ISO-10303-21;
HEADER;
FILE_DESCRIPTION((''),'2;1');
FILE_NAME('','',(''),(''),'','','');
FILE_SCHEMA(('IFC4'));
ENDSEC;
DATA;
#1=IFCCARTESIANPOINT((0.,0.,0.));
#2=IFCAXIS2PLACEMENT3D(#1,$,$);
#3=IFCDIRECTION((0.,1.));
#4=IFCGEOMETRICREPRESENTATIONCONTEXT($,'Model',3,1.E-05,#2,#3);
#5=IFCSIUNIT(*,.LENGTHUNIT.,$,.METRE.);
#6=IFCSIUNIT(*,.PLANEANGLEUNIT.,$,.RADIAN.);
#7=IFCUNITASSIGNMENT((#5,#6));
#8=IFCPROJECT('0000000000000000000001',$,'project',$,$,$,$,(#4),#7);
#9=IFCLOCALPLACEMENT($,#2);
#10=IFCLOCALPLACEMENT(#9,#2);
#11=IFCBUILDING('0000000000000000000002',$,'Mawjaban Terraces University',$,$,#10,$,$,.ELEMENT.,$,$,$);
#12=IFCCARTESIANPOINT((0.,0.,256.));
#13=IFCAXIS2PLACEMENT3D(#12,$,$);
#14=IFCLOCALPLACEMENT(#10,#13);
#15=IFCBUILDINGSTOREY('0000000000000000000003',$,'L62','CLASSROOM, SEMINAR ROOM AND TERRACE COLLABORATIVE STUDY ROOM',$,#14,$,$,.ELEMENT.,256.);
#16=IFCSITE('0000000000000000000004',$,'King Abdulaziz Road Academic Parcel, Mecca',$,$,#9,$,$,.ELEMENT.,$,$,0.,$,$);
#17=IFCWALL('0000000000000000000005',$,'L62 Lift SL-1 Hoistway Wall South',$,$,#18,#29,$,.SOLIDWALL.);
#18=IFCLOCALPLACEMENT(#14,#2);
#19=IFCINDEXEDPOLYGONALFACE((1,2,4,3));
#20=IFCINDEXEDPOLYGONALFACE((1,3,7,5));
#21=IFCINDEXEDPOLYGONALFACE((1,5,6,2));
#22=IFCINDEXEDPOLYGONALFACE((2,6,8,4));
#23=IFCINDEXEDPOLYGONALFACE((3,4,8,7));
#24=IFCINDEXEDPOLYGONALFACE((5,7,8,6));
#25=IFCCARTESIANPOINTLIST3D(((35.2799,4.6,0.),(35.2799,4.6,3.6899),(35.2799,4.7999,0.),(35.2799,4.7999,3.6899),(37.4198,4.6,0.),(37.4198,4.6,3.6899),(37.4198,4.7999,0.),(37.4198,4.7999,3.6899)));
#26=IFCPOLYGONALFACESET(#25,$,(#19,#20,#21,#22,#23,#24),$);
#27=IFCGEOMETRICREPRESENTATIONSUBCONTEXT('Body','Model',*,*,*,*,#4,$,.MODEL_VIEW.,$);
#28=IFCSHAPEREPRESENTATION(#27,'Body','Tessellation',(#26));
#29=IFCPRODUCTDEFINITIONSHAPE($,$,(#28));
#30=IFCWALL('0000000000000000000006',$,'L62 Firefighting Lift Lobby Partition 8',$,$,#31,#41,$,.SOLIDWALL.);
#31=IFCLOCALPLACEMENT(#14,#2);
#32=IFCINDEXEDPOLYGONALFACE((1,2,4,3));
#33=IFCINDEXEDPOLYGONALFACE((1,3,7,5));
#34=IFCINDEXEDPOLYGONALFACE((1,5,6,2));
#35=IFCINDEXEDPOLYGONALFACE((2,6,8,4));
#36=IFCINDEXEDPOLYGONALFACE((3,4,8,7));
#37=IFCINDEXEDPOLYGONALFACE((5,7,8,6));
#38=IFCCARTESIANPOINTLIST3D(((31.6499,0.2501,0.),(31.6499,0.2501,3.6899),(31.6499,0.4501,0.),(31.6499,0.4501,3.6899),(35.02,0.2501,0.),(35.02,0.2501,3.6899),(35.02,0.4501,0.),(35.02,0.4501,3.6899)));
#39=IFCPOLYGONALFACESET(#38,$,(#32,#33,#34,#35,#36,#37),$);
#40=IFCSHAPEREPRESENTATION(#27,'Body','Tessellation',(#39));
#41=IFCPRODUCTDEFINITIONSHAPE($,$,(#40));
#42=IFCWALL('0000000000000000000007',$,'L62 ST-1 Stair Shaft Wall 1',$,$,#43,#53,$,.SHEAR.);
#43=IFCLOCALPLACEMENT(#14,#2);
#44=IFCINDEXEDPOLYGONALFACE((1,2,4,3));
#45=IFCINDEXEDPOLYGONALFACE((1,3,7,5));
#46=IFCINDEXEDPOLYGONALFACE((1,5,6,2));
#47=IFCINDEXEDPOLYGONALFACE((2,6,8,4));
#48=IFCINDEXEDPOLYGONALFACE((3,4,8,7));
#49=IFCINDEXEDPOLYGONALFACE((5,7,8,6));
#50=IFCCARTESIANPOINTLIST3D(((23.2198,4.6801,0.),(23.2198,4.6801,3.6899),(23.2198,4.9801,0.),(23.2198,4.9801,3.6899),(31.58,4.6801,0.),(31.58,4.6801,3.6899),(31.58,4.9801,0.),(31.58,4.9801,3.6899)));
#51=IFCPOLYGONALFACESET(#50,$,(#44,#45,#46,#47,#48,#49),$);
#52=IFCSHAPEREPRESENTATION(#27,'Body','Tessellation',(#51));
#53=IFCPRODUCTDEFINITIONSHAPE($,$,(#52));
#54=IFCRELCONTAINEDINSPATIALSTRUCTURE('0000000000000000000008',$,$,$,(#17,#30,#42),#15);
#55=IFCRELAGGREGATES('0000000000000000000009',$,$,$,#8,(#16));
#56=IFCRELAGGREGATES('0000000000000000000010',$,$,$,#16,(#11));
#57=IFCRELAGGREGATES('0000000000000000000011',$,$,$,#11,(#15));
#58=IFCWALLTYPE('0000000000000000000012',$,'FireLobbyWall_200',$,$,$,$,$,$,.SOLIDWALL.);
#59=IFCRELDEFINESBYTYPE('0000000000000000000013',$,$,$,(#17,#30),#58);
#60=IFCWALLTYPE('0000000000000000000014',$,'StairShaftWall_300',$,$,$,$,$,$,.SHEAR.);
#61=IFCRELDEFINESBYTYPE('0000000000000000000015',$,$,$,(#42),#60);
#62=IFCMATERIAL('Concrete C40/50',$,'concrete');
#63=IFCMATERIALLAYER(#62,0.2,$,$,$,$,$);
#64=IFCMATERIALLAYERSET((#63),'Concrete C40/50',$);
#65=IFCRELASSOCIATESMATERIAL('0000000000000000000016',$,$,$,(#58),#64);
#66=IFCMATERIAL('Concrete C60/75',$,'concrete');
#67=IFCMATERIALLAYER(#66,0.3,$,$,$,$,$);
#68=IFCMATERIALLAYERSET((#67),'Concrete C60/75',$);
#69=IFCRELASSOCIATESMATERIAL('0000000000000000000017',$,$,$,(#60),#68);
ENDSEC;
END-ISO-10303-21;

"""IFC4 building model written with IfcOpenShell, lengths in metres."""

from ifc_helpers import new_model, si_unit, direction, frame, frame_2d, origin, place, context, subcontext, project, spatial, rectangle, extrude, material, layer, layer_set, type_object, element, save


model = new_model("IFC4")

# Units and contexts
model_context = context("Model", 3, precision=1e-05, world=origin(), true_north=direction((0.0, 1.0)))
body_context = subcontext(model_context, "Body", "Model", "MODEL_VIEW")
ifc_project = project(units=[si_unit("LENGTHUNIT", "METRE"), si_unit("PLANEANGLEUNIT", "RADIAN")], contexts=[model_context])

# Site, building, storey
site_placement = place(None, origin())
site = spatial("IfcSite", under=ifc_project, at=site_placement, Name="King Abdulaziz Road Academic Parcel, Mecca", CompositionType="ELEMENT", RefElevation=0.0)
building_placement = place(site_placement, origin())
building = spatial("IfcBuilding", under=site, at=building_placement, Name="Mawjaban Terraces University", CompositionType="ELEMENT")
storey_placement = place(building_placement, frame((0.0, 0.0, 256.0)))
storey = spatial("IfcBuildingStorey", under=building, at=storey_placement, Name="L62", Description="CLASSROOM, SEMINAR ROOM AND TERRACE COLLABORATIVE STUDY ROOM", CompositionType="ELEMENT", Elevation=256.0)

# Shared definitions
ifc_material_1 = material(Name="Concrete C40/50", Category="concrete")
ifc_layer_1 = layer(ifc_material_1, 0.2)
ifc_layer_set_1 = layer_set([ifc_layer_1], Name="Concrete C40/50")
wall_type_1 = type_object("IfcWallType", Name="FireLobbyWall_200", PredefinedType="SOLIDWALL", material=ifc_layer_set_1)

# Walls
wall_1_placement = place(storey_placement, frame((35.28, 4.7, 0.0), z_axis=(0.0, 0.0, 1.0), x_axis=(1.0, 0.0, 0.0)))
element("IfcWall", 1, at=wall_1_placement, inside=storey, type_object=wall_type_1, Name="L62 Lift SL-1 Hoistway Wall South", PredefinedType="SOLIDWALL", context=body_context, shape_type="SweptSolid", body=[
    extrude(rectangle(XDim=2.1399, YDim=0.2, at=frame_2d((1.0698, 0.0))), origin(), (0.0, 0.0, 1.0), 3.6899),
])
wall_2_placement = place(storey_placement, frame((31.6499, 0.3501, 0.0), z_axis=(0.0, 0.0, 1.0), x_axis=(1.0, 0.0, 0.0)))
element("IfcWall", 2, at=wall_2_placement, inside=storey, type_object=wall_type_1, Name="L62 Firefighting Lift Lobby Partition 8", PredefinedType="SOLIDWALL", context=body_context, shape_type="SweptSolid", body=[
    extrude(rectangle(XDim=3.3701, YDim=0.2, at=frame_2d((1.6851, 0.0))), origin(), (0.0, 0.0, 1.0), 3.6899),
])

# Wall
ifc_material_2 = material(Name="Concrete C60/75", Category="concrete")
ifc_layer_2 = layer(ifc_material_2, 0.3)
ifc_layer_set_2 = layer_set([ifc_layer_2], Name="Concrete C60/75")
wall_type_2 = type_object("IfcWallType", Name="StairShaftWall_300", PredefinedType="SHEAR", material=ifc_layer_set_2)
wall_3_placement = place(storey_placement, frame((31.5801, 4.8301, 0.0), z_axis=(0.0, 0.0, 1.0), x_axis=(-1.0, 0.0, 0.0)))
element("IfcWall", 3, at=wall_3_placement, inside=storey, type_object=wall_type_2, Name="L62 ST-1 Stair Shaft Wall 1", PredefinedType="SHEAR", context=body_context, shape_type="SweptSolid", body=[
    extrude(rectangle(XDim=8.3601, YDim=0.3, at=frame_2d((4.1802, 0.0))), origin(), (0.0, 0.0, 1.0), 3.6899),
])

save(model, "model.ifc")
